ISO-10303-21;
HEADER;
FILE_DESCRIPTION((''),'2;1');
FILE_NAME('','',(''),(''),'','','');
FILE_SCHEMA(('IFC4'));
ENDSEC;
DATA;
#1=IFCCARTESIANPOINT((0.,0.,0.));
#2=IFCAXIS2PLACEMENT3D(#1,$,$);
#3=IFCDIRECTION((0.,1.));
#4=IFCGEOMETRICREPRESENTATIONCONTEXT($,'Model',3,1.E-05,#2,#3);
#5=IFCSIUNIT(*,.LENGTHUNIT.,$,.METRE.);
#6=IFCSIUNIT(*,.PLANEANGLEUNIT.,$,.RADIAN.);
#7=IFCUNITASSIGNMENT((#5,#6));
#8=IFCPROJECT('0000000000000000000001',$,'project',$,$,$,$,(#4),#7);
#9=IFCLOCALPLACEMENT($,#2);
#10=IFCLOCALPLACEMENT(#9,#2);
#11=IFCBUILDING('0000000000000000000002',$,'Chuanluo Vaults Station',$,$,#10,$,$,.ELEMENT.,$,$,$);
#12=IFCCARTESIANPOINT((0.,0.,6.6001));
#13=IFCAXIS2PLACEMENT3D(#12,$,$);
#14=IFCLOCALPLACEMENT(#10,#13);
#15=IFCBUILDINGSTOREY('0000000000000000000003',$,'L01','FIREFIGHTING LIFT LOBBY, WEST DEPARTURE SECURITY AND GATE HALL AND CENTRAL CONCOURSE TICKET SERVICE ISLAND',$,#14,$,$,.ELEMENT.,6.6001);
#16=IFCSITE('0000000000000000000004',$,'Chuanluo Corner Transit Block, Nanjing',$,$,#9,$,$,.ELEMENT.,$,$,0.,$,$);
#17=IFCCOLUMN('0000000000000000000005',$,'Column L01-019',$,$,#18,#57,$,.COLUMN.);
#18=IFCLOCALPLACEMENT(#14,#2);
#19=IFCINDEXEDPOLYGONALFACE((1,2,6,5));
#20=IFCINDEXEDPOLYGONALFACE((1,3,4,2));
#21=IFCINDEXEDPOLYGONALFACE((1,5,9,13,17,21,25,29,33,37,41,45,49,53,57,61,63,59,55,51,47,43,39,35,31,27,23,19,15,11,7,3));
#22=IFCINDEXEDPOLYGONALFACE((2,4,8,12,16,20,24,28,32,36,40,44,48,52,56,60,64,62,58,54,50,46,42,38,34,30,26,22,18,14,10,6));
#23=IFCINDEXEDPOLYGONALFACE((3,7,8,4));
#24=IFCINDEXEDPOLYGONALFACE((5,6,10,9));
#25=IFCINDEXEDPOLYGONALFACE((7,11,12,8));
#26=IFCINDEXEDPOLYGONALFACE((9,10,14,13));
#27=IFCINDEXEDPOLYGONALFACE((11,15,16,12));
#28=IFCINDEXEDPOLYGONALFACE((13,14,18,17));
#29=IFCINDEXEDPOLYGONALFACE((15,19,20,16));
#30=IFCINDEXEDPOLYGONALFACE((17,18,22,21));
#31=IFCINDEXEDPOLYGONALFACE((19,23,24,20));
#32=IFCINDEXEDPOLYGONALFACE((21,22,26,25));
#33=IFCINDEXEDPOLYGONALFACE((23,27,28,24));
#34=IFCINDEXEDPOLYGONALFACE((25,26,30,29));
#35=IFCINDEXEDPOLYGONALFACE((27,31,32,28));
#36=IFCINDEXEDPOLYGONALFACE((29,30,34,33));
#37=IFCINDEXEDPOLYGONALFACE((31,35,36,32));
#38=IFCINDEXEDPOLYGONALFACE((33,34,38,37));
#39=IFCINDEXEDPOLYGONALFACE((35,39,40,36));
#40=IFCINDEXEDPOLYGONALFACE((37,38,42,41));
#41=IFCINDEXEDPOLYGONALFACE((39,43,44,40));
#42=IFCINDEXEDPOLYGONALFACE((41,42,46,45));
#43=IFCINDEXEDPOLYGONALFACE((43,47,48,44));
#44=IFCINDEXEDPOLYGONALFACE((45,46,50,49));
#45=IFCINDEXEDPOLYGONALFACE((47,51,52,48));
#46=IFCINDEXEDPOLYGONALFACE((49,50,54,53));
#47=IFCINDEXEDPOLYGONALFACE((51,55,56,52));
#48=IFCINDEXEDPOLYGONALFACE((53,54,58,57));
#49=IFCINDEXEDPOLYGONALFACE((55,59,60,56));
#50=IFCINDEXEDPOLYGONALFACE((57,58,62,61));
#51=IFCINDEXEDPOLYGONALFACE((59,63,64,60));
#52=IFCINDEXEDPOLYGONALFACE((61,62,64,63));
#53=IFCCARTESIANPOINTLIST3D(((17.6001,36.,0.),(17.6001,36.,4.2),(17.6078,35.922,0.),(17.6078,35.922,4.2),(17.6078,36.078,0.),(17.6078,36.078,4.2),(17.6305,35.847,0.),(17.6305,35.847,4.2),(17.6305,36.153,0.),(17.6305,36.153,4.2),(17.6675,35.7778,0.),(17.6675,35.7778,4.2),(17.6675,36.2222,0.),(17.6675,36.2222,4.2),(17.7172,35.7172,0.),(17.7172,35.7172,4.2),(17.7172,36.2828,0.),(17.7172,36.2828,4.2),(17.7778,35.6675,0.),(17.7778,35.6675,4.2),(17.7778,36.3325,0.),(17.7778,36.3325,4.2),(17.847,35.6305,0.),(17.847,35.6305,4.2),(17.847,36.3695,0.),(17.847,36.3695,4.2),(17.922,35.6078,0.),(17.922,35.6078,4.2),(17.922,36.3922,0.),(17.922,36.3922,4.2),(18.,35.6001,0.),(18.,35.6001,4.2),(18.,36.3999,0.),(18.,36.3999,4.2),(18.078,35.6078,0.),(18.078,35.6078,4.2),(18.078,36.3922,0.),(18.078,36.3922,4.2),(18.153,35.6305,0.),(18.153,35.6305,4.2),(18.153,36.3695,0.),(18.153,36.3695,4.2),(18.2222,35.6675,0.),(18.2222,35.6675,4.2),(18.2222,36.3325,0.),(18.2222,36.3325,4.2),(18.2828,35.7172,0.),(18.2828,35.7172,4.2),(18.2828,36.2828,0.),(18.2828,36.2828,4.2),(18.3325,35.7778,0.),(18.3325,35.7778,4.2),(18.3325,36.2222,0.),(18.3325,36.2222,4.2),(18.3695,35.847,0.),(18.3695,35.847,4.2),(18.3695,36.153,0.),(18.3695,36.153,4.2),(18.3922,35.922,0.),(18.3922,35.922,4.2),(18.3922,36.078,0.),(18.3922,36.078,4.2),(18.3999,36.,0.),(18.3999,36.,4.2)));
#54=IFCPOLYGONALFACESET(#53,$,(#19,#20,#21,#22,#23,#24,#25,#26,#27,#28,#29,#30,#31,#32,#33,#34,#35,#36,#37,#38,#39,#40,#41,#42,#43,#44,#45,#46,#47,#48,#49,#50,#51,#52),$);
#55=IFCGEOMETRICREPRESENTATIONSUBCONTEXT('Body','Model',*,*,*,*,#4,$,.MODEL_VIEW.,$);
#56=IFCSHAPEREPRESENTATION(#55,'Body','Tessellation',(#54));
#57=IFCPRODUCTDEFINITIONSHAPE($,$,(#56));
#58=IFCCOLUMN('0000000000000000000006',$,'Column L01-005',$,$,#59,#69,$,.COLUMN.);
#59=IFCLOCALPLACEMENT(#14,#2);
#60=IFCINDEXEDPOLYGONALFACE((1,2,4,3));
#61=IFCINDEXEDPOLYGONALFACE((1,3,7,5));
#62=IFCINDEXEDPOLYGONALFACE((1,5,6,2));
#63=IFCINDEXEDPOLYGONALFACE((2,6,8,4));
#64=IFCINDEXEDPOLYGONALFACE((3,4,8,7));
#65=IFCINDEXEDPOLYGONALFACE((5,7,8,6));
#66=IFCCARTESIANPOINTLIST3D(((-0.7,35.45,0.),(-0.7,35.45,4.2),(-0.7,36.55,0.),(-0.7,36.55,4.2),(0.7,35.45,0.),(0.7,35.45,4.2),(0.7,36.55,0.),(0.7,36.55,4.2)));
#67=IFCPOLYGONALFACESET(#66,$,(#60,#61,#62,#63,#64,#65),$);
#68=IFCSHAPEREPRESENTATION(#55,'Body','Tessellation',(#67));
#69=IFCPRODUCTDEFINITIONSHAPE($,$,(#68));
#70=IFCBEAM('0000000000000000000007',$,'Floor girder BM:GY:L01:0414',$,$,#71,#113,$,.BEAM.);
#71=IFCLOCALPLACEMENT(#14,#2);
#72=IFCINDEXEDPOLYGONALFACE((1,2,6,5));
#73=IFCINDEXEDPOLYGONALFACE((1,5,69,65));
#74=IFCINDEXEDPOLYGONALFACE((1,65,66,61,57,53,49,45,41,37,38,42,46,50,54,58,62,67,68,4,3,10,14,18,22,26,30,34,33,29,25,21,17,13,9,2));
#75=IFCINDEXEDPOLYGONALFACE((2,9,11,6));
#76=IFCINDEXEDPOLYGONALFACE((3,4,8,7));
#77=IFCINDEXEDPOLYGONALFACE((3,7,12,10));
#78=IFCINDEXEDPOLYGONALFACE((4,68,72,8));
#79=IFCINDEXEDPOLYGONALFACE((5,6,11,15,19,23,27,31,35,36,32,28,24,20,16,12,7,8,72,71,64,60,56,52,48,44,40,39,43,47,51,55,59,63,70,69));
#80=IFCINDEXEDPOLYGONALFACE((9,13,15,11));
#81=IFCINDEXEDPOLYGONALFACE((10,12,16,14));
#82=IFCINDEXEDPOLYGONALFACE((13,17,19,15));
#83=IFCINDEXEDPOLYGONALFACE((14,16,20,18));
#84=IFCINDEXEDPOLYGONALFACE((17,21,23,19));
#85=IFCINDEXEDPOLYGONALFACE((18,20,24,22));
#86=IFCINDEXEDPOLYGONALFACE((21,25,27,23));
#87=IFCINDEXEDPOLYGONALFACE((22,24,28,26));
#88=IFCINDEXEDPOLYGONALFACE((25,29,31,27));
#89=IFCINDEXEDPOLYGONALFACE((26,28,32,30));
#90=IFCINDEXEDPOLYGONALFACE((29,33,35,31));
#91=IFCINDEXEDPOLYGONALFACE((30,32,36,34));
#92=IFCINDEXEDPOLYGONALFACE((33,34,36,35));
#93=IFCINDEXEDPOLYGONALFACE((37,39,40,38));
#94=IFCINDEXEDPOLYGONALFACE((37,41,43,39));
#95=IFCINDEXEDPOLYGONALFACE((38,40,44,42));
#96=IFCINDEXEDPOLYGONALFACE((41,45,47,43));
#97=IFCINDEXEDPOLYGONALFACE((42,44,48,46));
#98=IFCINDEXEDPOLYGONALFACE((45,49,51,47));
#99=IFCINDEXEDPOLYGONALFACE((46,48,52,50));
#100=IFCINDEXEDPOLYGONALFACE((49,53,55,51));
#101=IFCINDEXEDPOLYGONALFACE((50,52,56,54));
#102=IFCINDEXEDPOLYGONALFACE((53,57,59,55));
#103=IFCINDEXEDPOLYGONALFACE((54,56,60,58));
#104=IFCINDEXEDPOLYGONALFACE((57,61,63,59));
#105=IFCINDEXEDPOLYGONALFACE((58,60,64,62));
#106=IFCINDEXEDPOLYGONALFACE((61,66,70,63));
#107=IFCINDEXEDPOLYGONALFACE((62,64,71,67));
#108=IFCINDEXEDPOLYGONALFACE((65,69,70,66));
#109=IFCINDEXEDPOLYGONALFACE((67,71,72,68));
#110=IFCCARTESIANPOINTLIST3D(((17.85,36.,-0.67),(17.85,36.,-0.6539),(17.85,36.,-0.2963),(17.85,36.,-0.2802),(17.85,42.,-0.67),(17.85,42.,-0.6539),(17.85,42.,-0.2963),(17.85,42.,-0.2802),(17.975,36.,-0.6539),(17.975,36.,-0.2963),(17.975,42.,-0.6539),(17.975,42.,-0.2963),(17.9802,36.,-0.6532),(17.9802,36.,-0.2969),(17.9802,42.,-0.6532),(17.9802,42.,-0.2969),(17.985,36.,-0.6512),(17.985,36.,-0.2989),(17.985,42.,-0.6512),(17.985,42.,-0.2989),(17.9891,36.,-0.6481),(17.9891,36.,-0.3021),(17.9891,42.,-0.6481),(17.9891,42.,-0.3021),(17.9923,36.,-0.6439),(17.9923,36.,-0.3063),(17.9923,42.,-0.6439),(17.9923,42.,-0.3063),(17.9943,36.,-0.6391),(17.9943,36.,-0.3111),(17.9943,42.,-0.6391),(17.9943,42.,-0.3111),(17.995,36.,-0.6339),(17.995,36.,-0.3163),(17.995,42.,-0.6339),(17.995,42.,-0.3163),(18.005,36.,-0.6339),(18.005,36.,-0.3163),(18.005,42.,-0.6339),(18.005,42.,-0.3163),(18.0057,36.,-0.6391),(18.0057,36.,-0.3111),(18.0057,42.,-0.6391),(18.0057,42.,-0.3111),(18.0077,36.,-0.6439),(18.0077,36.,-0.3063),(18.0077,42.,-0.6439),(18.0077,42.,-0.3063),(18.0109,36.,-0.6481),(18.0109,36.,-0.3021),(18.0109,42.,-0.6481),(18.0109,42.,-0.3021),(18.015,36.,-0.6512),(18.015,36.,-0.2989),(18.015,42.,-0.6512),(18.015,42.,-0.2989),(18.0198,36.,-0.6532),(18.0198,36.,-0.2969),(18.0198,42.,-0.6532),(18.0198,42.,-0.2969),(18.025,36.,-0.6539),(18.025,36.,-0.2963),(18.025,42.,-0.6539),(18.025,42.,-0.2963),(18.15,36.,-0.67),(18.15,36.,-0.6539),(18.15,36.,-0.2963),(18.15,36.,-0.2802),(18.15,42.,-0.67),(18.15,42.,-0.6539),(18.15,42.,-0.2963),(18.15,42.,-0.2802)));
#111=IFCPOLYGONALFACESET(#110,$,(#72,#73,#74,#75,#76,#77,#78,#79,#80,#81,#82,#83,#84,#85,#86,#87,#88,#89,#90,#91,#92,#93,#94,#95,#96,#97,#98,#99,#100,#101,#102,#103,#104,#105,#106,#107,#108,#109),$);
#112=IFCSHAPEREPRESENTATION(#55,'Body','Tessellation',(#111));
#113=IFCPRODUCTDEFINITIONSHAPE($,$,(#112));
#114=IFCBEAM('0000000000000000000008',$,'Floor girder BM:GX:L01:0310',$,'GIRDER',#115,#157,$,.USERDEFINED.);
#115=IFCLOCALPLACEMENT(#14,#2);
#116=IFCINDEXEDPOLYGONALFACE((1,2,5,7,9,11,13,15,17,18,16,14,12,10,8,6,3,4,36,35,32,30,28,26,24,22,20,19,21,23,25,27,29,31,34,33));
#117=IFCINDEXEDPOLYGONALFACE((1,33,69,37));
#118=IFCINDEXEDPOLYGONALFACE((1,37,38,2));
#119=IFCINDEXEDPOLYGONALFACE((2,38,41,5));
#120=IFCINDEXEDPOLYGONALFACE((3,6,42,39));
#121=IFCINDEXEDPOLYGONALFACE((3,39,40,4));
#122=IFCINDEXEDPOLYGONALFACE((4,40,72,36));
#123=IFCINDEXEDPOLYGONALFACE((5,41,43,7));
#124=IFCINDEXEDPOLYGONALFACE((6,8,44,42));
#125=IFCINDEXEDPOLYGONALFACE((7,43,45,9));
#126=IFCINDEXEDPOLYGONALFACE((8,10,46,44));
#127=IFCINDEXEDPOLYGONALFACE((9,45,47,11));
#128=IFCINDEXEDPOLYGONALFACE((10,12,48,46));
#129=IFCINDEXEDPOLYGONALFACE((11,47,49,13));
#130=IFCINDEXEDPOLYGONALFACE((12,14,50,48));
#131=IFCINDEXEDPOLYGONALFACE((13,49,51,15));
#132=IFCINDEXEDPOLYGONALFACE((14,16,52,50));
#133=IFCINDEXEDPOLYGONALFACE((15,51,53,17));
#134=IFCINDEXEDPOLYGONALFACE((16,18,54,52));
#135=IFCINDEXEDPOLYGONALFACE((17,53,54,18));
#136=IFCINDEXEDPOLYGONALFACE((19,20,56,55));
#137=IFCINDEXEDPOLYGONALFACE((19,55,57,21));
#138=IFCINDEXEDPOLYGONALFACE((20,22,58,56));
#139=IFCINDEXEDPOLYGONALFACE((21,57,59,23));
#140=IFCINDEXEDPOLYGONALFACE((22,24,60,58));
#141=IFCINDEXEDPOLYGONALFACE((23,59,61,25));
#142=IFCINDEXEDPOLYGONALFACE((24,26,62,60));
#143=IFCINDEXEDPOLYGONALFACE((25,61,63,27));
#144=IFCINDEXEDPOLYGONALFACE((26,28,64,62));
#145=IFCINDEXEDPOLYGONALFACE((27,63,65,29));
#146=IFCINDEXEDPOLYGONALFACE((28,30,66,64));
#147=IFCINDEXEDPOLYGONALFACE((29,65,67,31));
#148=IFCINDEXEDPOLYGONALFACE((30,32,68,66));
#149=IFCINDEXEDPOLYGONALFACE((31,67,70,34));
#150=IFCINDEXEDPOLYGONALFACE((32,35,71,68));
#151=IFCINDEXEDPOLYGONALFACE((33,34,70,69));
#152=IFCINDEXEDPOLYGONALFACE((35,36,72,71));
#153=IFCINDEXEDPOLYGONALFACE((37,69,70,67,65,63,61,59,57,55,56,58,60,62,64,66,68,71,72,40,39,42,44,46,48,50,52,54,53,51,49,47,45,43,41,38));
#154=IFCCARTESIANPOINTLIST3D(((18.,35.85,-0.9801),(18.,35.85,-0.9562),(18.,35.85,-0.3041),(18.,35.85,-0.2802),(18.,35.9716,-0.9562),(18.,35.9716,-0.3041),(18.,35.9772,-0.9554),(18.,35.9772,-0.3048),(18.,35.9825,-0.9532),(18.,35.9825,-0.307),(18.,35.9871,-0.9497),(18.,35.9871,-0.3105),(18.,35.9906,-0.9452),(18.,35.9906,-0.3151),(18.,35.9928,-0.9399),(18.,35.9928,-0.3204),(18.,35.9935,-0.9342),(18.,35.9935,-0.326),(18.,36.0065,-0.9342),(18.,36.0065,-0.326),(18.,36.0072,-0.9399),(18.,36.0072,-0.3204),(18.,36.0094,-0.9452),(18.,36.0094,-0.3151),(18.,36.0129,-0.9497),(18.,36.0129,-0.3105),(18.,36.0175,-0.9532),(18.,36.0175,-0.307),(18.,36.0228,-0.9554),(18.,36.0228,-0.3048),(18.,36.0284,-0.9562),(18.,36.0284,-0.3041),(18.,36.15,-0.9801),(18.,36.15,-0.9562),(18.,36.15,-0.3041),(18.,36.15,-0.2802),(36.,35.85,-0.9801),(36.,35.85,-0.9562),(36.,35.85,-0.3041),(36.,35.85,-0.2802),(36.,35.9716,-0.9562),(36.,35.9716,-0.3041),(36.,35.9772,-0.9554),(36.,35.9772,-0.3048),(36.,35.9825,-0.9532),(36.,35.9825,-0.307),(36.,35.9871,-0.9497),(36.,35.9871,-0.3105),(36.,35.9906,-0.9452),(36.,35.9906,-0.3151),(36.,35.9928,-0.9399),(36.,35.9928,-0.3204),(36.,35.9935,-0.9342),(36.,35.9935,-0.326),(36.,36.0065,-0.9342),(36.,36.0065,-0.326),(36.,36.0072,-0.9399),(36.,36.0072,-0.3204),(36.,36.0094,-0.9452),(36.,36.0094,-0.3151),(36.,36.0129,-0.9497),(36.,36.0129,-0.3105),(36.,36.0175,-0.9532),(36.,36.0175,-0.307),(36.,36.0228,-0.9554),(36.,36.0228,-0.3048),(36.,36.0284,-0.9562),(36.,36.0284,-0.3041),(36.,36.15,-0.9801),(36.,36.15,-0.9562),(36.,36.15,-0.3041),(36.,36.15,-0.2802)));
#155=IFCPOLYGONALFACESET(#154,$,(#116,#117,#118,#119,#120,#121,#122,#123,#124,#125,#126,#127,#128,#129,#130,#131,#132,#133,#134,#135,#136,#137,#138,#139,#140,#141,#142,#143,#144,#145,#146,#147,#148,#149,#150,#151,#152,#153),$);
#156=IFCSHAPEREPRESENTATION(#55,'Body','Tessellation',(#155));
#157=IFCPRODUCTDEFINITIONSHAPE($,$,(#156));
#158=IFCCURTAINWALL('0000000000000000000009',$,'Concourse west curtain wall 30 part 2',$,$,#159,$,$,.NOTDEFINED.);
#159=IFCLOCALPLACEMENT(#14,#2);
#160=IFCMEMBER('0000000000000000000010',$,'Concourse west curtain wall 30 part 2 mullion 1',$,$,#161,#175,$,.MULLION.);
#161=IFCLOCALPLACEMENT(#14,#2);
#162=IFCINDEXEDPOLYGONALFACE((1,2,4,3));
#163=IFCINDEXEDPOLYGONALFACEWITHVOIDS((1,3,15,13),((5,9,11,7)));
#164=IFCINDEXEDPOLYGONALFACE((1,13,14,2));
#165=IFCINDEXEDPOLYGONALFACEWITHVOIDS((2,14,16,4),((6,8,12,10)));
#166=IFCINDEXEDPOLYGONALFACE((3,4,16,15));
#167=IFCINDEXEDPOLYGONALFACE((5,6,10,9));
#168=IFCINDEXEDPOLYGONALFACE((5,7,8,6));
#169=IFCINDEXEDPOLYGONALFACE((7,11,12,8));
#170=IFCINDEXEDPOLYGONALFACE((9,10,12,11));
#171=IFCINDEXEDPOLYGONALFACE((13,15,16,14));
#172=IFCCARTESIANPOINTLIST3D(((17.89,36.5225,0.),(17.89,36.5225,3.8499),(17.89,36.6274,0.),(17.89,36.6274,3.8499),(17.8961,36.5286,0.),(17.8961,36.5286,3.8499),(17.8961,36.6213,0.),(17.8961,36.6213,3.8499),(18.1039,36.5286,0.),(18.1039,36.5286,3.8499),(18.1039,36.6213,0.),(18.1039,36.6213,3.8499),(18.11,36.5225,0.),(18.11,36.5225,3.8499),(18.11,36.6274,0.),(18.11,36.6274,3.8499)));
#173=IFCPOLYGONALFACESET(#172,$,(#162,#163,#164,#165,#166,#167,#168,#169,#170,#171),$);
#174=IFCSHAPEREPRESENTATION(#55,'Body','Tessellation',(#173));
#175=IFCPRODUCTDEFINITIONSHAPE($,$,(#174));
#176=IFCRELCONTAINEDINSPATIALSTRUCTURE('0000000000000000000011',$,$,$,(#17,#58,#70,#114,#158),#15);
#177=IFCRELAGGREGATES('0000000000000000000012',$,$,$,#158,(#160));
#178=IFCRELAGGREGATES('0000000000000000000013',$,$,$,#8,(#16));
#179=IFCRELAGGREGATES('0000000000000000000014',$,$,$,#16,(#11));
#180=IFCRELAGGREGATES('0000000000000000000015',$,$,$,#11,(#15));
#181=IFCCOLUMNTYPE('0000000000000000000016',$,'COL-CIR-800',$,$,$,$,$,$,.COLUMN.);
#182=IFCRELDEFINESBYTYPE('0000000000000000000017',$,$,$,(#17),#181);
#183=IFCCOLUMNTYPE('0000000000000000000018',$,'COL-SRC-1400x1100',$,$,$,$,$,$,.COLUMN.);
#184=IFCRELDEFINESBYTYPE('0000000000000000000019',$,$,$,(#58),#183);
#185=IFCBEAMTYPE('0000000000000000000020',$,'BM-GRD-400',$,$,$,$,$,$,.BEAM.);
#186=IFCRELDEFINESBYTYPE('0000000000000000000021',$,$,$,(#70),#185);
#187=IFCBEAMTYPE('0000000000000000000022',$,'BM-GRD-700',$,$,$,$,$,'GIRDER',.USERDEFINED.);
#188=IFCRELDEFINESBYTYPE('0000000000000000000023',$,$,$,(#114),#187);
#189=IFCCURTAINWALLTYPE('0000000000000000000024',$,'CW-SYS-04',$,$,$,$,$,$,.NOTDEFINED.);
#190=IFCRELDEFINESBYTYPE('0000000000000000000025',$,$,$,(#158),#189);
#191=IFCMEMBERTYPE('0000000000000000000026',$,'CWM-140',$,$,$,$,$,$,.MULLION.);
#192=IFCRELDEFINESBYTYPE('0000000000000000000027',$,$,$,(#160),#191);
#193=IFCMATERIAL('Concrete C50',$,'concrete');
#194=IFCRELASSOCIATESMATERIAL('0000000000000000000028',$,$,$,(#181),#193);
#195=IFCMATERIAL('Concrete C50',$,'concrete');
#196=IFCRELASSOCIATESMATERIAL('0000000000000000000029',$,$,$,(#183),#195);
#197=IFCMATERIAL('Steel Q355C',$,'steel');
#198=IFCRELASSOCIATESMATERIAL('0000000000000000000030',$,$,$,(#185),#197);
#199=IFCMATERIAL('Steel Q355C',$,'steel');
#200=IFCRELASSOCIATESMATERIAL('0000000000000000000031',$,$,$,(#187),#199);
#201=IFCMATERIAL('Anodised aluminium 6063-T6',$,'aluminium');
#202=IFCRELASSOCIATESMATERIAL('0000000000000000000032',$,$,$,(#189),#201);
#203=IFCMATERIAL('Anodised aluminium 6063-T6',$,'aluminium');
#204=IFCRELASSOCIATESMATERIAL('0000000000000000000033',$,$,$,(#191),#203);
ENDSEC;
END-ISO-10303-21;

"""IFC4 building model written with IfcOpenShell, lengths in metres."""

from ifc_helpers import new_model, si_unit, direction, frame, origin, origin_2d, place, context, subcontext, project, spatial, rectangle, hollow_rectangle, circle, i_section, extrude, material, material_profile, profile_set, type_object, element, aggregate, save


model = new_model("IFC4")

# Units and contexts
model_context = context("Model", 3, precision=1e-05, world=origin(), true_north=direction((0.0, 1.0)))
body_context = subcontext(model_context, "Body", "Model", "MODEL_VIEW")
ifc_project = project(units=[si_unit("LENGTHUNIT", "METRE"), si_unit("PLANEANGLEUNIT", "RADIAN")], contexts=[model_context])

# Site, building, storey
site_placement = place(None, origin())
site = spatial("IfcSite", under=ifc_project, at=site_placement, Name="Chuanluo Corner Transit Block, Nanjing", CompositionType="ELEMENT", RefElevation=0.0)
building_placement = place(site_placement, origin())
building = spatial("IfcBuilding", under=site, at=building_placement, Name="Chuanluo Vaults Station", CompositionType="ELEMENT")
storey_placement = place(building_placement, frame((0.0, 0.0, 6.6001)))
storey = spatial("IfcBuildingStorey", under=building, at=storey_placement, Name="L01", Description="FIREFIGHTING LIFT LOBBY, WEST DEPARTURE SECURITY AND GATE HALL AND CENTRAL CONCOURSE TICKET SERVICE ISLAND", CompositionType="ELEMENT", Elevation=6.6001)

# Columns
ifc_material_1 = material(Name="Concrete C50", Category="concrete")
ifc_material_profile_1 = material_profile(ifc_material_1, circle(Radius=0.3999, at=origin_2d()))
ifc_profile_set_1 = profile_set([ifc_material_profile_1], Name="Concrete C50")
column_type_1 = type_object("IfcColumnType", Name="COL-CIR-800", PredefinedType="COLUMN", material=ifc_profile_set_1)
column_1_placement = place(storey_placement, frame((18.0, 36.0, 0.0), z_axis=(0.0, 0.0, 1.0), x_axis=(1.0, 0.0, 0.0)))
element("IfcColumn", 1, at=column_1_placement, inside=storey, type_object=column_type_1, Name="Column L01-019", PredefinedType="COLUMN", context=body_context, shape_type="SweptSolid", body=[
    extrude(circle(Radius=0.3999, at=origin_2d()), origin(), (0.0, 0.0, 1.0), 4.2),
])
ifc_material_2 = material(Name="Concrete C50", Category="concrete")
ifc_material_profile_2 = material_profile(ifc_material_2, rectangle(XDim=1.3999, YDim=1.1001, at=origin_2d()))
ifc_profile_set_2 = profile_set([ifc_material_profile_2], Name="Concrete C50")
column_type_2 = type_object("IfcColumnType", Name="COL-SRC-1400x1100", PredefinedType="COLUMN", material=ifc_profile_set_2)
column_2_placement = place(storey_placement, frame((0.0, 36.0, 0.0), z_axis=(0.0, 0.0, 1.0), x_axis=(1.0, 0.0, 0.0)))
element("IfcColumn", 2, at=column_2_placement, inside=storey, type_object=column_type_2, Name="Column L01-005", PredefinedType="COLUMN", context=body_context, shape_type="SweptSolid", body=[
    extrude(rectangle(XDim=1.3999, YDim=1.1001, at=origin_2d()), origin(), (0.0, 0.0, 1.0), 4.2),
])

# Beams
ifc_material_3 = material(Name="Steel Q355C", Category="steel")
ifc_material_profile_3 = material_profile(ifc_material_3, i_section(OverallWidth=0.3, OverallDepth=0.3899, WebThickness=0.01, FlangeThickness=0.0161, FilletRadius=0.02, at=origin_2d()))
ifc_profile_set_3 = profile_set([ifc_material_profile_3], Name="Steel Q355C")
beam_type_1 = type_object("IfcBeamType", Name="BM-GRD-400", PredefinedType="BEAM", material=ifc_profile_set_3)
beam_1_placement = place(storey_placement, frame((18.0, 36.0, -0.4751), z_axis=(0.0, 1.0, 0.0), x_axis=(-1.0, 0.0, 0.0)))
element("IfcBeam", 3, at=beam_1_placement, inside=storey, type_object=beam_type_1, Name="Floor girder BM:GY:L01:0414", PredefinedType="BEAM", context=body_context, shape_type="SweptSolid", body=[
    extrude(i_section(OverallWidth=0.3, OverallDepth=0.3899, WebThickness=0.01, FlangeThickness=0.0161, FilletRadius=0.02, at=origin_2d()), origin(), (0.0, 0.0, 1.0), 6.0),
])
ifc_material_4 = material(Name="Steel Q355C", Category="steel")
ifc_material_profile_4 = material_profile(ifc_material_4, i_section(OverallWidth=0.3, OverallDepth=0.7, WebThickness=0.0129, FlangeThickness=0.0239, FilletRadius=0.022, at=origin_2d()))
ifc_profile_set_4 = profile_set([ifc_material_profile_4], Name="Steel Q355C")
beam_type_2 = type_object("IfcBeamType", Name="BM-GRD-700", ElementType="GIRDER", PredefinedType="USERDEFINED", material=ifc_profile_set_4)
beam_2_placement = place(storey_placement, frame((18.0, 36.0, -0.6301), z_axis=(1.0, 0.0, 0.0), x_axis=(0.0, 1.0, 0.0)))
element("IfcBeam", 4, at=beam_2_placement, inside=storey, type_object=beam_type_2, Name="Floor girder BM:GX:L01:0310", ObjectType="GIRDER", PredefinedType="USERDEFINED", context=body_context, shape_type="SweptSolid", body=[
    extrude(i_section(OverallWidth=0.3, OverallDepth=0.7, WebThickness=0.0129, FlangeThickness=0.0239, FilletRadius=0.022, at=origin_2d()), origin(), (0.0, 0.0, 1.0), 18.0),
])

# Curtain wall, member
ifc_material_5 = material(Name="Anodised aluminium 6063-T6", Category="aluminium")
curtain_wall_type_1 = type_object("IfcCurtainWallType", Name="CW-SYS-04", PredefinedType="NOTDEFINED", material=ifc_material_5)
curtain_wall_1_placement = place(storey_placement, origin())
curtain_wall_1 = element("IfcCurtainWall", 5, at=curtain_wall_1_placement, inside=storey, type_object=curtain_wall_type_1, Name="Concourse west curtain wall 30 part 2", PredefinedType="NOTDEFINED")
ifc_material_6 = material(Name="Anodised aluminium 6063-T6", Category="aluminium")
ifc_material_profile_5 = material_profile(ifc_material_6, hollow_rectangle(XDim=0.105, YDim=0.22, WallThickness=0.0061, at=origin_2d()))
ifc_profile_set_5 = profile_set([ifc_material_profile_5], Name="Anodised aluminium 6063-T6")
member_type_1 = type_object("IfcMemberType", Name="CWM-140", PredefinedType="MULLION", material=ifc_profile_set_5)
member_1_placement = place(storey_placement, frame((18.0, 36.575, 0.0), z_axis=(0.0, 0.0, 1.0), x_axis=(0.0, 1.0, 0.0)))
member_1 = element("IfcMember", 6, at=member_1_placement, type_object=member_type_1, Name="Concourse west curtain wall 30 part 2 mullion 1", PredefinedType="MULLION", context=body_context, shape_type="SweptSolid", body=[
    extrude(hollow_rectangle(XDim=0.105, YDim=0.22, WallThickness=0.0061, at=origin_2d()), origin(), (0.0, 0.0, 1.0), 3.8499),
])

aggregate(curtain_wall_1, [member_1])

save(model, "model.ifc")
